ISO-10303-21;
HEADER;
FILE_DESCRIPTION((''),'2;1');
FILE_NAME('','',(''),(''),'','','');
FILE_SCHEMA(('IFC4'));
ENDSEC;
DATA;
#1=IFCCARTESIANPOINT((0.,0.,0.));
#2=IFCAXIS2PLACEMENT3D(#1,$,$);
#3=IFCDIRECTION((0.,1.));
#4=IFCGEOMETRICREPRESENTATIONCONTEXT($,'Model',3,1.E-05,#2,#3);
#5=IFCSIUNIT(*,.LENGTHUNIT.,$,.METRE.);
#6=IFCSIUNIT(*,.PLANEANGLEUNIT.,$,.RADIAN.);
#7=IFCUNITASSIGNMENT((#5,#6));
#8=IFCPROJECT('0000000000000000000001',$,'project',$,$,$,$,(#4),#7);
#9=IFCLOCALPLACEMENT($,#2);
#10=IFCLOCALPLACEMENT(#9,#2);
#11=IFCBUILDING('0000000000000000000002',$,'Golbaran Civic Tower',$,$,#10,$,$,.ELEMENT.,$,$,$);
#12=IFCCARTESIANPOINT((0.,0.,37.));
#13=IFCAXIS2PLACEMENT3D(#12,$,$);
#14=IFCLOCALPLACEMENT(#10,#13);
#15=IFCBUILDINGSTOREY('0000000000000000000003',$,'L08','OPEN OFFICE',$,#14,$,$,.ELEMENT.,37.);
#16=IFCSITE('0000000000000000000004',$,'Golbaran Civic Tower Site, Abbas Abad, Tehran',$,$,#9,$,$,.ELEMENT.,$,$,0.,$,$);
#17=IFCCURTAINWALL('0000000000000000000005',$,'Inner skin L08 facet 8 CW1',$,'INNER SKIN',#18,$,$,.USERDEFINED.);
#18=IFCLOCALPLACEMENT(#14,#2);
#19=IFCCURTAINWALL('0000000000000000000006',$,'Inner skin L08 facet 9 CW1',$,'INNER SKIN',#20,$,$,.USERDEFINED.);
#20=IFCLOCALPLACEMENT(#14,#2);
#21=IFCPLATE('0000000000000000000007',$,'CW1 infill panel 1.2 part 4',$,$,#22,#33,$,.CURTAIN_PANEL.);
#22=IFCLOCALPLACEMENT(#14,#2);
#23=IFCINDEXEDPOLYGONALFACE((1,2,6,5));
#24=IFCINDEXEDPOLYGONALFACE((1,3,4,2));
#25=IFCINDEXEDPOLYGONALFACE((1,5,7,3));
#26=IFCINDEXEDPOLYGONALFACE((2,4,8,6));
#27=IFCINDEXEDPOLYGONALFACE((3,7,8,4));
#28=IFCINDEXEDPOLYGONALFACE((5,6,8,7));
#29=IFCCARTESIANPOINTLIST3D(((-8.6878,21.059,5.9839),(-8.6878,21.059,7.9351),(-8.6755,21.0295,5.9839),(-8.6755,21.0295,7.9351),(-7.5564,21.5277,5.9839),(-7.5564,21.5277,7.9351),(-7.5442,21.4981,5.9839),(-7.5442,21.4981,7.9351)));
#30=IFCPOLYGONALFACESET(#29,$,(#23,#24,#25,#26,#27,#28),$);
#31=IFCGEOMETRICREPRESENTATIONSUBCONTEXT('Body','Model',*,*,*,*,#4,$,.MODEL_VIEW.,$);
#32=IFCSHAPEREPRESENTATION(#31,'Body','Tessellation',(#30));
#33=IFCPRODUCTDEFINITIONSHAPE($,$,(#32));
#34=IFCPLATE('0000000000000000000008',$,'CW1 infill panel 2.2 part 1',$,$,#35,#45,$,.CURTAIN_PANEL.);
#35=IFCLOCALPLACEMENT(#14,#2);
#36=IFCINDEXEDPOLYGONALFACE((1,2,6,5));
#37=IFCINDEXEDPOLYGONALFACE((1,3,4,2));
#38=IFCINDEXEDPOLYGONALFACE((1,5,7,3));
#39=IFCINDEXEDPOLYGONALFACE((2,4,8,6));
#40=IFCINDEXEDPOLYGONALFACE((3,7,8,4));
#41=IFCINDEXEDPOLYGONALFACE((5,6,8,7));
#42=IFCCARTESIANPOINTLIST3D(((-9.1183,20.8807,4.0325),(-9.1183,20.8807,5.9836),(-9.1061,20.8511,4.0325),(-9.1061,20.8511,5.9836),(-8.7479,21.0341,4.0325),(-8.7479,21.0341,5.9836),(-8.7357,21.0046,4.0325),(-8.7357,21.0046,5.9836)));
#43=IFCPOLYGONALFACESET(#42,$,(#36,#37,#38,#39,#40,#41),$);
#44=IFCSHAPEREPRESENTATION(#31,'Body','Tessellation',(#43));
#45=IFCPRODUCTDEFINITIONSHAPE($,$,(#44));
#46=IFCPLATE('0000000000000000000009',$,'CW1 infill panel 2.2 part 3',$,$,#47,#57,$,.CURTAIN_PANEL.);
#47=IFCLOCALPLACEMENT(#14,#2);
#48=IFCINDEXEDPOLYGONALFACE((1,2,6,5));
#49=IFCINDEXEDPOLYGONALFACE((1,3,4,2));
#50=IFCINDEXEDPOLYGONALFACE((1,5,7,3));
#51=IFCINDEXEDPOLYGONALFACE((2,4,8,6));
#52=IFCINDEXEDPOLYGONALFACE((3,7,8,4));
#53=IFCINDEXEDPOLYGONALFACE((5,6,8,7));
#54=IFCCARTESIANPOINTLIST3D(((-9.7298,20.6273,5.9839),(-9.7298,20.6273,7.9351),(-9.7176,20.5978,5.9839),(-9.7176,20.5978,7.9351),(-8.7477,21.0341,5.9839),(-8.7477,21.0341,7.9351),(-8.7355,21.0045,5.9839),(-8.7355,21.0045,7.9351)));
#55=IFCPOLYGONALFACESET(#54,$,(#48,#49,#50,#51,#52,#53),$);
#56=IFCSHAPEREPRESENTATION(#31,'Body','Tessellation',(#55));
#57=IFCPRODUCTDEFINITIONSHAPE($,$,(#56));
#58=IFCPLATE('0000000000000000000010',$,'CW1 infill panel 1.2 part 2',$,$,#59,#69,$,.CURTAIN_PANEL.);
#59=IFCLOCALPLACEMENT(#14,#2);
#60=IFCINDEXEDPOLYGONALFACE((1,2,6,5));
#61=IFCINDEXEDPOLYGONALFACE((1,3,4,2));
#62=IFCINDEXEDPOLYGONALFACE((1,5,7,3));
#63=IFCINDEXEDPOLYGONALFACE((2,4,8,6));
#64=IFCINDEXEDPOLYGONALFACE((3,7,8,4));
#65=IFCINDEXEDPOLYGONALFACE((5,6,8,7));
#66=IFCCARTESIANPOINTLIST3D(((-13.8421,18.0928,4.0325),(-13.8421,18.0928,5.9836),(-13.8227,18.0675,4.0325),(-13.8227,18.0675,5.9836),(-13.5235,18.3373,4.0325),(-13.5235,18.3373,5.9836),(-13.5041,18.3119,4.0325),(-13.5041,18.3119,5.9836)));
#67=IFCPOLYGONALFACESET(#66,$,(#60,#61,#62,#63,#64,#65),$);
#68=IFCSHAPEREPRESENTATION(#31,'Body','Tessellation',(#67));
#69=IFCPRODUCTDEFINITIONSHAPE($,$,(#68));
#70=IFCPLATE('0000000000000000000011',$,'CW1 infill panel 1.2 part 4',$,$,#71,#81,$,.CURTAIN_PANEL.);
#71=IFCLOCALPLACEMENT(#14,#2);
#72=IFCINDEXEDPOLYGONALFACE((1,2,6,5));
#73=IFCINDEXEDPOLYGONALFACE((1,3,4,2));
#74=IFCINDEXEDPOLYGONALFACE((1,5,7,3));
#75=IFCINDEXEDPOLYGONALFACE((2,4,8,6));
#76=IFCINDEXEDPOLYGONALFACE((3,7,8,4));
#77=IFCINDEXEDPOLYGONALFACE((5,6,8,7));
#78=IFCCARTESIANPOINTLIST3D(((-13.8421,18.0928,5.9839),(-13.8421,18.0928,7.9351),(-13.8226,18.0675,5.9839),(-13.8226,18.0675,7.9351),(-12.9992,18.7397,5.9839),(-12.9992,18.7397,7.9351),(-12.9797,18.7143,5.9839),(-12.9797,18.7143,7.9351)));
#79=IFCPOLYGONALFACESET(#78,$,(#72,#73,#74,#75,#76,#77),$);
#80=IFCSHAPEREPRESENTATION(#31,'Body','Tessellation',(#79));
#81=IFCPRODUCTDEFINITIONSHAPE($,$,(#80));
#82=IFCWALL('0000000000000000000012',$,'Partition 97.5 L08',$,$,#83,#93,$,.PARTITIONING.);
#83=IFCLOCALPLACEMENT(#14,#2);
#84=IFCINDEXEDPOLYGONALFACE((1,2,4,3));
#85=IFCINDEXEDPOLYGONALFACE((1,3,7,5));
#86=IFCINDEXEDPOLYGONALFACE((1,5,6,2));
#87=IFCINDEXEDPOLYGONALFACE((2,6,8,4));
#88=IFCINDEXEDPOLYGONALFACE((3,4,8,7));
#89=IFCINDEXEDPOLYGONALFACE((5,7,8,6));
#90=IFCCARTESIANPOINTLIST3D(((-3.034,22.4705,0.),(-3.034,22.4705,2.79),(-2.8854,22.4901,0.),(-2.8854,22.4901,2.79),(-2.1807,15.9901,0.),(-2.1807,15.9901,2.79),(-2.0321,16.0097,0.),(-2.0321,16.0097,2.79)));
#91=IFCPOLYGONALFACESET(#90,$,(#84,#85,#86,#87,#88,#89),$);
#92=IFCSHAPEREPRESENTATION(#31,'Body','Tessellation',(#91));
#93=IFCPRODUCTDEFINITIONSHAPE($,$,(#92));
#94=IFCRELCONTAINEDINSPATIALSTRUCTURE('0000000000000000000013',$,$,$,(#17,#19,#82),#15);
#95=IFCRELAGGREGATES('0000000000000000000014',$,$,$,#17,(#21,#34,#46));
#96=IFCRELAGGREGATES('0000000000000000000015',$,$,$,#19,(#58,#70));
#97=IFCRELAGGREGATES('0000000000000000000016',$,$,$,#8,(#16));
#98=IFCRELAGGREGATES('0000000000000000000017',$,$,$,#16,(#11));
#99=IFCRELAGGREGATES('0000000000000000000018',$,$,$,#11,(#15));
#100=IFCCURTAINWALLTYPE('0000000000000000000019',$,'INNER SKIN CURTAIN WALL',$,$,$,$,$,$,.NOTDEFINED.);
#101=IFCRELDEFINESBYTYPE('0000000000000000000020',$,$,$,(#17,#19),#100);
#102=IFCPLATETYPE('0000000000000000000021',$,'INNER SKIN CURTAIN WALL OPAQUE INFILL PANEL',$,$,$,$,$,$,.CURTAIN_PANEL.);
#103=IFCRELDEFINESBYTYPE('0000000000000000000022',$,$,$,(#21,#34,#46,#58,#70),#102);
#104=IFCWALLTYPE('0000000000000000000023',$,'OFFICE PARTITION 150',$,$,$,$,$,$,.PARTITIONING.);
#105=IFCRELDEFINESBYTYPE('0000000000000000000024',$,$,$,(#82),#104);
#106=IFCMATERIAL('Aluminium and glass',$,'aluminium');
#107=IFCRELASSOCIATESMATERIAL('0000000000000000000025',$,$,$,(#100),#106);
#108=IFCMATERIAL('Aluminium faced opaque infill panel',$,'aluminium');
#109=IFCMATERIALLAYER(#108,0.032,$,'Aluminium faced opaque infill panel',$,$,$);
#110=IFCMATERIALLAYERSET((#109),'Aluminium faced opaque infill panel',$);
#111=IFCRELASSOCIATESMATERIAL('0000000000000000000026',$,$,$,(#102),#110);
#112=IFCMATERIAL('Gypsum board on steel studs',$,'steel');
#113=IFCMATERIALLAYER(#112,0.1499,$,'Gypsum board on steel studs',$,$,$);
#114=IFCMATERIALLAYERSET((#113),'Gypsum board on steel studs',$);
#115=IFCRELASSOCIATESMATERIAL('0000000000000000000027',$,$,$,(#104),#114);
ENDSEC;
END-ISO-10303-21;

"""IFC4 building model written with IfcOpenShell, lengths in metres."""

from ifc_helpers import new_model, si_unit, direction, frame, frame_2d, origin, origin_2d, place, context, subcontext, project, spatial, rectangle, extrude, material, layer, layer_set, type_object, element, aggregate, save


model = new_model("IFC4")

# Units and contexts
model_context = context("Model", 3, precision=1e-05, world=origin(), true_north=direction((0.0, 1.0)))
body_context = subcontext(model_context, "Body", "Model", "MODEL_VIEW")
ifc_project = project(units=[si_unit("LENGTHUNIT", "METRE"), si_unit("PLANEANGLEUNIT", "RADIAN")], contexts=[model_context])

# Site, building, storey
site_placement = place(None, origin())
site = spatial("IfcSite", under=ifc_project, at=site_placement, Name="Golbaran Civic Tower Site, Abbas Abad, Tehran", CompositionType="ELEMENT", RefElevation=0.0)
building_placement = place(site_placement, origin())
building = spatial("IfcBuilding", under=site, at=building_placement, Name="Golbaran Civic Tower", CompositionType="ELEMENT")
storey_placement = place(building_placement, frame((0.0, 0.0, 37.0)))
storey = spatial("IfcBuildingStorey", under=building, at=storey_placement, Name="L08", Description="OPEN OFFICE", CompositionType="ELEMENT", Elevation=37.0)

# Curtain walls
ifc_material_1 = material(Name="Aluminium and glass", Category="aluminium")
curtain_wall_type = type_object("IfcCurtainWallType", Name="INNER SKIN CURTAIN WALL", PredefinedType="NOTDEFINED", material=ifc_material_1)
curtain_wall_1_placement = place(storey_placement, origin())
curtain_wall_1 = element("IfcCurtainWall", 1, at=curtain_wall_1_placement, inside=storey, type_object=curtain_wall_type, Name="Inner skin L08 facet 8 CW1", ObjectType="INNER SKIN", PredefinedType="USERDEFINED")
curtain_wall_2_placement = place(storey_placement, origin())
curtain_wall_2 = element("IfcCurtainWall", 2, at=curtain_wall_2_placement, inside=storey, type_object=curtain_wall_type, Name="Inner skin L08 facet 9 CW1", ObjectType="INNER SKIN", PredefinedType="USERDEFINED")

# Plates
ifc_material_2 = material(Name="Aluminium faced opaque infill panel", Category="aluminium")
ifc_layer_1 = layer(ifc_material_2, 0.032, Name="Aluminium faced opaque infill panel")
ifc_layer_set_1 = layer_set([ifc_layer_1], Name="Aluminium faced opaque infill panel")
plate_type_1 = type_object("IfcPlateType", Name="INNER SKIN CURTAIN WALL OPAQUE INFILL PANEL", PredefinedType="CURTAIN_PANEL", material=ifc_layer_set_1)
plate_1_placement = place(storey_placement, frame((-8.116, 21.2786, 5.9839), z_axis=(0.0, 0.0, 1.0), x_axis=(-0.92388, -0.382683, 0.0)))
plate_1 = element("IfcPlate", 3, at=plate_1_placement, type_object=plate_type_1, Name="CW1 infill panel 1.2 part 4", PredefinedType="CURTAIN_PANEL", context=body_context, shape_type="SweptSolid", body=[
    extrude(rectangle(XDim=1.2246, YDim=0.032, at=origin_2d()), origin(), (0.0, 0.0, 1.0), 1.9512),
])
plate_2_placement = place(storey_placement, frame((-8.927, 20.9426, 4.0325), z_axis=(0.0, 0.0, 1.0), x_axis=(-0.92388, -0.382683, 0.0)))
plate_2 = element("IfcPlate", 4, at=plate_2_placement, type_object=plate_type_1, Name="CW1 infill panel 2.2 part 1", PredefinedType="CURTAIN_PANEL", context=body_context, shape_type="SweptSolid", body=[
    extrude(rectangle(XDim=0.4009, YDim=0.032, at=origin_2d()), origin(), (0.0, 0.0, 1.0), 1.9512),
])
plate_3_placement = place(storey_placement, frame((-9.2327, 20.8159, 5.9839), z_axis=(0.0, 0.0, 1.0), x_axis=(-0.92388, -0.382683, 0.0)))
plate_3 = element("IfcPlate", 5, at=plate_3_placement, type_object=plate_type_1, Name="CW1 infill panel 2.2 part 3", PredefinedType="CURTAIN_PANEL", context=body_context, shape_type="SweptSolid", body=[
    extrude(rectangle(XDim=1.063, YDim=0.032, at=origin_2d()), origin(), (0.0, 0.0, 1.0), 1.9512),
])
aggregate(curtain_wall_1, [plate_1, plate_2, plate_3])
plate_4_placement = place(storey_placement, frame((-13.6731, 18.2024, 4.0325), z_axis=(0.0, 0.0, 1.0), x_axis=(-0.793353, -0.608761, 0.0)))
plate_4 = element("IfcPlate", 6, at=plate_4_placement, type_object=plate_type_1, Name="CW1 infill panel 1.2 part 2", PredefinedType="CURTAIN_PANEL", context=body_context, shape_type="SweptSolid", body=[
    extrude(rectangle(XDim=0.4016, YDim=0.032, at=origin_2d()), origin(), (0.0, 0.0, 1.0), 1.9512),
])
plate_5_placement = place(storey_placement, frame((-13.4109, 18.4036, 5.9839), z_axis=(0.0, 0.0, 1.0), x_axis=(-0.793353, -0.608761, 0.0)))
plate_5 = element("IfcPlate", 7, at=plate_5_placement, type_object=plate_type_1, Name="CW1 infill panel 1.2 part 4", PredefinedType="CURTAIN_PANEL", context=body_context, shape_type="SweptSolid", body=[
    extrude(rectangle(XDim=1.0625, YDim=0.032, at=origin_2d()), origin(), (0.0, 0.0, 1.0), 1.9512),
])
aggregate(curtain_wall_2, [plate_4, plate_5])

# Wall
ifc_material_3 = material(Name="Gypsum board on steel studs", Category="steel")
ifc_layer_2 = layer(ifc_material_3, 0.1499, Name="Gypsum board on steel studs")
ifc_layer_set_2 = layer_set([ifc_layer_2], Name="Gypsum board on steel studs")
wall_type = type_object("IfcWallType", Name="OFFICE PARTITION 150", PredefinedType="PARTITIONING", material=ifc_layer_set_2)
wall_placement = place(storey_placement, frame((-2.1064, 16.0, 0.0), z_axis=(0.0, 0.0, 1.0), x_axis=(-0.130541, 0.991443, 0.0)))
element("IfcWall", 8, at=wall_placement, inside=storey, type_object=wall_type, Name="Partition 97.5 L08", PredefinedType="PARTITIONING", context=body_context, shape_type="SweptSolid", body=[
    extrude(rectangle(XDim=6.5364, YDim=0.1499, at=frame_2d((3.2681, 0.0))), origin(), (0.0, 0.0, 1.0), 2.79),
])

save(model, "model.ifc")
